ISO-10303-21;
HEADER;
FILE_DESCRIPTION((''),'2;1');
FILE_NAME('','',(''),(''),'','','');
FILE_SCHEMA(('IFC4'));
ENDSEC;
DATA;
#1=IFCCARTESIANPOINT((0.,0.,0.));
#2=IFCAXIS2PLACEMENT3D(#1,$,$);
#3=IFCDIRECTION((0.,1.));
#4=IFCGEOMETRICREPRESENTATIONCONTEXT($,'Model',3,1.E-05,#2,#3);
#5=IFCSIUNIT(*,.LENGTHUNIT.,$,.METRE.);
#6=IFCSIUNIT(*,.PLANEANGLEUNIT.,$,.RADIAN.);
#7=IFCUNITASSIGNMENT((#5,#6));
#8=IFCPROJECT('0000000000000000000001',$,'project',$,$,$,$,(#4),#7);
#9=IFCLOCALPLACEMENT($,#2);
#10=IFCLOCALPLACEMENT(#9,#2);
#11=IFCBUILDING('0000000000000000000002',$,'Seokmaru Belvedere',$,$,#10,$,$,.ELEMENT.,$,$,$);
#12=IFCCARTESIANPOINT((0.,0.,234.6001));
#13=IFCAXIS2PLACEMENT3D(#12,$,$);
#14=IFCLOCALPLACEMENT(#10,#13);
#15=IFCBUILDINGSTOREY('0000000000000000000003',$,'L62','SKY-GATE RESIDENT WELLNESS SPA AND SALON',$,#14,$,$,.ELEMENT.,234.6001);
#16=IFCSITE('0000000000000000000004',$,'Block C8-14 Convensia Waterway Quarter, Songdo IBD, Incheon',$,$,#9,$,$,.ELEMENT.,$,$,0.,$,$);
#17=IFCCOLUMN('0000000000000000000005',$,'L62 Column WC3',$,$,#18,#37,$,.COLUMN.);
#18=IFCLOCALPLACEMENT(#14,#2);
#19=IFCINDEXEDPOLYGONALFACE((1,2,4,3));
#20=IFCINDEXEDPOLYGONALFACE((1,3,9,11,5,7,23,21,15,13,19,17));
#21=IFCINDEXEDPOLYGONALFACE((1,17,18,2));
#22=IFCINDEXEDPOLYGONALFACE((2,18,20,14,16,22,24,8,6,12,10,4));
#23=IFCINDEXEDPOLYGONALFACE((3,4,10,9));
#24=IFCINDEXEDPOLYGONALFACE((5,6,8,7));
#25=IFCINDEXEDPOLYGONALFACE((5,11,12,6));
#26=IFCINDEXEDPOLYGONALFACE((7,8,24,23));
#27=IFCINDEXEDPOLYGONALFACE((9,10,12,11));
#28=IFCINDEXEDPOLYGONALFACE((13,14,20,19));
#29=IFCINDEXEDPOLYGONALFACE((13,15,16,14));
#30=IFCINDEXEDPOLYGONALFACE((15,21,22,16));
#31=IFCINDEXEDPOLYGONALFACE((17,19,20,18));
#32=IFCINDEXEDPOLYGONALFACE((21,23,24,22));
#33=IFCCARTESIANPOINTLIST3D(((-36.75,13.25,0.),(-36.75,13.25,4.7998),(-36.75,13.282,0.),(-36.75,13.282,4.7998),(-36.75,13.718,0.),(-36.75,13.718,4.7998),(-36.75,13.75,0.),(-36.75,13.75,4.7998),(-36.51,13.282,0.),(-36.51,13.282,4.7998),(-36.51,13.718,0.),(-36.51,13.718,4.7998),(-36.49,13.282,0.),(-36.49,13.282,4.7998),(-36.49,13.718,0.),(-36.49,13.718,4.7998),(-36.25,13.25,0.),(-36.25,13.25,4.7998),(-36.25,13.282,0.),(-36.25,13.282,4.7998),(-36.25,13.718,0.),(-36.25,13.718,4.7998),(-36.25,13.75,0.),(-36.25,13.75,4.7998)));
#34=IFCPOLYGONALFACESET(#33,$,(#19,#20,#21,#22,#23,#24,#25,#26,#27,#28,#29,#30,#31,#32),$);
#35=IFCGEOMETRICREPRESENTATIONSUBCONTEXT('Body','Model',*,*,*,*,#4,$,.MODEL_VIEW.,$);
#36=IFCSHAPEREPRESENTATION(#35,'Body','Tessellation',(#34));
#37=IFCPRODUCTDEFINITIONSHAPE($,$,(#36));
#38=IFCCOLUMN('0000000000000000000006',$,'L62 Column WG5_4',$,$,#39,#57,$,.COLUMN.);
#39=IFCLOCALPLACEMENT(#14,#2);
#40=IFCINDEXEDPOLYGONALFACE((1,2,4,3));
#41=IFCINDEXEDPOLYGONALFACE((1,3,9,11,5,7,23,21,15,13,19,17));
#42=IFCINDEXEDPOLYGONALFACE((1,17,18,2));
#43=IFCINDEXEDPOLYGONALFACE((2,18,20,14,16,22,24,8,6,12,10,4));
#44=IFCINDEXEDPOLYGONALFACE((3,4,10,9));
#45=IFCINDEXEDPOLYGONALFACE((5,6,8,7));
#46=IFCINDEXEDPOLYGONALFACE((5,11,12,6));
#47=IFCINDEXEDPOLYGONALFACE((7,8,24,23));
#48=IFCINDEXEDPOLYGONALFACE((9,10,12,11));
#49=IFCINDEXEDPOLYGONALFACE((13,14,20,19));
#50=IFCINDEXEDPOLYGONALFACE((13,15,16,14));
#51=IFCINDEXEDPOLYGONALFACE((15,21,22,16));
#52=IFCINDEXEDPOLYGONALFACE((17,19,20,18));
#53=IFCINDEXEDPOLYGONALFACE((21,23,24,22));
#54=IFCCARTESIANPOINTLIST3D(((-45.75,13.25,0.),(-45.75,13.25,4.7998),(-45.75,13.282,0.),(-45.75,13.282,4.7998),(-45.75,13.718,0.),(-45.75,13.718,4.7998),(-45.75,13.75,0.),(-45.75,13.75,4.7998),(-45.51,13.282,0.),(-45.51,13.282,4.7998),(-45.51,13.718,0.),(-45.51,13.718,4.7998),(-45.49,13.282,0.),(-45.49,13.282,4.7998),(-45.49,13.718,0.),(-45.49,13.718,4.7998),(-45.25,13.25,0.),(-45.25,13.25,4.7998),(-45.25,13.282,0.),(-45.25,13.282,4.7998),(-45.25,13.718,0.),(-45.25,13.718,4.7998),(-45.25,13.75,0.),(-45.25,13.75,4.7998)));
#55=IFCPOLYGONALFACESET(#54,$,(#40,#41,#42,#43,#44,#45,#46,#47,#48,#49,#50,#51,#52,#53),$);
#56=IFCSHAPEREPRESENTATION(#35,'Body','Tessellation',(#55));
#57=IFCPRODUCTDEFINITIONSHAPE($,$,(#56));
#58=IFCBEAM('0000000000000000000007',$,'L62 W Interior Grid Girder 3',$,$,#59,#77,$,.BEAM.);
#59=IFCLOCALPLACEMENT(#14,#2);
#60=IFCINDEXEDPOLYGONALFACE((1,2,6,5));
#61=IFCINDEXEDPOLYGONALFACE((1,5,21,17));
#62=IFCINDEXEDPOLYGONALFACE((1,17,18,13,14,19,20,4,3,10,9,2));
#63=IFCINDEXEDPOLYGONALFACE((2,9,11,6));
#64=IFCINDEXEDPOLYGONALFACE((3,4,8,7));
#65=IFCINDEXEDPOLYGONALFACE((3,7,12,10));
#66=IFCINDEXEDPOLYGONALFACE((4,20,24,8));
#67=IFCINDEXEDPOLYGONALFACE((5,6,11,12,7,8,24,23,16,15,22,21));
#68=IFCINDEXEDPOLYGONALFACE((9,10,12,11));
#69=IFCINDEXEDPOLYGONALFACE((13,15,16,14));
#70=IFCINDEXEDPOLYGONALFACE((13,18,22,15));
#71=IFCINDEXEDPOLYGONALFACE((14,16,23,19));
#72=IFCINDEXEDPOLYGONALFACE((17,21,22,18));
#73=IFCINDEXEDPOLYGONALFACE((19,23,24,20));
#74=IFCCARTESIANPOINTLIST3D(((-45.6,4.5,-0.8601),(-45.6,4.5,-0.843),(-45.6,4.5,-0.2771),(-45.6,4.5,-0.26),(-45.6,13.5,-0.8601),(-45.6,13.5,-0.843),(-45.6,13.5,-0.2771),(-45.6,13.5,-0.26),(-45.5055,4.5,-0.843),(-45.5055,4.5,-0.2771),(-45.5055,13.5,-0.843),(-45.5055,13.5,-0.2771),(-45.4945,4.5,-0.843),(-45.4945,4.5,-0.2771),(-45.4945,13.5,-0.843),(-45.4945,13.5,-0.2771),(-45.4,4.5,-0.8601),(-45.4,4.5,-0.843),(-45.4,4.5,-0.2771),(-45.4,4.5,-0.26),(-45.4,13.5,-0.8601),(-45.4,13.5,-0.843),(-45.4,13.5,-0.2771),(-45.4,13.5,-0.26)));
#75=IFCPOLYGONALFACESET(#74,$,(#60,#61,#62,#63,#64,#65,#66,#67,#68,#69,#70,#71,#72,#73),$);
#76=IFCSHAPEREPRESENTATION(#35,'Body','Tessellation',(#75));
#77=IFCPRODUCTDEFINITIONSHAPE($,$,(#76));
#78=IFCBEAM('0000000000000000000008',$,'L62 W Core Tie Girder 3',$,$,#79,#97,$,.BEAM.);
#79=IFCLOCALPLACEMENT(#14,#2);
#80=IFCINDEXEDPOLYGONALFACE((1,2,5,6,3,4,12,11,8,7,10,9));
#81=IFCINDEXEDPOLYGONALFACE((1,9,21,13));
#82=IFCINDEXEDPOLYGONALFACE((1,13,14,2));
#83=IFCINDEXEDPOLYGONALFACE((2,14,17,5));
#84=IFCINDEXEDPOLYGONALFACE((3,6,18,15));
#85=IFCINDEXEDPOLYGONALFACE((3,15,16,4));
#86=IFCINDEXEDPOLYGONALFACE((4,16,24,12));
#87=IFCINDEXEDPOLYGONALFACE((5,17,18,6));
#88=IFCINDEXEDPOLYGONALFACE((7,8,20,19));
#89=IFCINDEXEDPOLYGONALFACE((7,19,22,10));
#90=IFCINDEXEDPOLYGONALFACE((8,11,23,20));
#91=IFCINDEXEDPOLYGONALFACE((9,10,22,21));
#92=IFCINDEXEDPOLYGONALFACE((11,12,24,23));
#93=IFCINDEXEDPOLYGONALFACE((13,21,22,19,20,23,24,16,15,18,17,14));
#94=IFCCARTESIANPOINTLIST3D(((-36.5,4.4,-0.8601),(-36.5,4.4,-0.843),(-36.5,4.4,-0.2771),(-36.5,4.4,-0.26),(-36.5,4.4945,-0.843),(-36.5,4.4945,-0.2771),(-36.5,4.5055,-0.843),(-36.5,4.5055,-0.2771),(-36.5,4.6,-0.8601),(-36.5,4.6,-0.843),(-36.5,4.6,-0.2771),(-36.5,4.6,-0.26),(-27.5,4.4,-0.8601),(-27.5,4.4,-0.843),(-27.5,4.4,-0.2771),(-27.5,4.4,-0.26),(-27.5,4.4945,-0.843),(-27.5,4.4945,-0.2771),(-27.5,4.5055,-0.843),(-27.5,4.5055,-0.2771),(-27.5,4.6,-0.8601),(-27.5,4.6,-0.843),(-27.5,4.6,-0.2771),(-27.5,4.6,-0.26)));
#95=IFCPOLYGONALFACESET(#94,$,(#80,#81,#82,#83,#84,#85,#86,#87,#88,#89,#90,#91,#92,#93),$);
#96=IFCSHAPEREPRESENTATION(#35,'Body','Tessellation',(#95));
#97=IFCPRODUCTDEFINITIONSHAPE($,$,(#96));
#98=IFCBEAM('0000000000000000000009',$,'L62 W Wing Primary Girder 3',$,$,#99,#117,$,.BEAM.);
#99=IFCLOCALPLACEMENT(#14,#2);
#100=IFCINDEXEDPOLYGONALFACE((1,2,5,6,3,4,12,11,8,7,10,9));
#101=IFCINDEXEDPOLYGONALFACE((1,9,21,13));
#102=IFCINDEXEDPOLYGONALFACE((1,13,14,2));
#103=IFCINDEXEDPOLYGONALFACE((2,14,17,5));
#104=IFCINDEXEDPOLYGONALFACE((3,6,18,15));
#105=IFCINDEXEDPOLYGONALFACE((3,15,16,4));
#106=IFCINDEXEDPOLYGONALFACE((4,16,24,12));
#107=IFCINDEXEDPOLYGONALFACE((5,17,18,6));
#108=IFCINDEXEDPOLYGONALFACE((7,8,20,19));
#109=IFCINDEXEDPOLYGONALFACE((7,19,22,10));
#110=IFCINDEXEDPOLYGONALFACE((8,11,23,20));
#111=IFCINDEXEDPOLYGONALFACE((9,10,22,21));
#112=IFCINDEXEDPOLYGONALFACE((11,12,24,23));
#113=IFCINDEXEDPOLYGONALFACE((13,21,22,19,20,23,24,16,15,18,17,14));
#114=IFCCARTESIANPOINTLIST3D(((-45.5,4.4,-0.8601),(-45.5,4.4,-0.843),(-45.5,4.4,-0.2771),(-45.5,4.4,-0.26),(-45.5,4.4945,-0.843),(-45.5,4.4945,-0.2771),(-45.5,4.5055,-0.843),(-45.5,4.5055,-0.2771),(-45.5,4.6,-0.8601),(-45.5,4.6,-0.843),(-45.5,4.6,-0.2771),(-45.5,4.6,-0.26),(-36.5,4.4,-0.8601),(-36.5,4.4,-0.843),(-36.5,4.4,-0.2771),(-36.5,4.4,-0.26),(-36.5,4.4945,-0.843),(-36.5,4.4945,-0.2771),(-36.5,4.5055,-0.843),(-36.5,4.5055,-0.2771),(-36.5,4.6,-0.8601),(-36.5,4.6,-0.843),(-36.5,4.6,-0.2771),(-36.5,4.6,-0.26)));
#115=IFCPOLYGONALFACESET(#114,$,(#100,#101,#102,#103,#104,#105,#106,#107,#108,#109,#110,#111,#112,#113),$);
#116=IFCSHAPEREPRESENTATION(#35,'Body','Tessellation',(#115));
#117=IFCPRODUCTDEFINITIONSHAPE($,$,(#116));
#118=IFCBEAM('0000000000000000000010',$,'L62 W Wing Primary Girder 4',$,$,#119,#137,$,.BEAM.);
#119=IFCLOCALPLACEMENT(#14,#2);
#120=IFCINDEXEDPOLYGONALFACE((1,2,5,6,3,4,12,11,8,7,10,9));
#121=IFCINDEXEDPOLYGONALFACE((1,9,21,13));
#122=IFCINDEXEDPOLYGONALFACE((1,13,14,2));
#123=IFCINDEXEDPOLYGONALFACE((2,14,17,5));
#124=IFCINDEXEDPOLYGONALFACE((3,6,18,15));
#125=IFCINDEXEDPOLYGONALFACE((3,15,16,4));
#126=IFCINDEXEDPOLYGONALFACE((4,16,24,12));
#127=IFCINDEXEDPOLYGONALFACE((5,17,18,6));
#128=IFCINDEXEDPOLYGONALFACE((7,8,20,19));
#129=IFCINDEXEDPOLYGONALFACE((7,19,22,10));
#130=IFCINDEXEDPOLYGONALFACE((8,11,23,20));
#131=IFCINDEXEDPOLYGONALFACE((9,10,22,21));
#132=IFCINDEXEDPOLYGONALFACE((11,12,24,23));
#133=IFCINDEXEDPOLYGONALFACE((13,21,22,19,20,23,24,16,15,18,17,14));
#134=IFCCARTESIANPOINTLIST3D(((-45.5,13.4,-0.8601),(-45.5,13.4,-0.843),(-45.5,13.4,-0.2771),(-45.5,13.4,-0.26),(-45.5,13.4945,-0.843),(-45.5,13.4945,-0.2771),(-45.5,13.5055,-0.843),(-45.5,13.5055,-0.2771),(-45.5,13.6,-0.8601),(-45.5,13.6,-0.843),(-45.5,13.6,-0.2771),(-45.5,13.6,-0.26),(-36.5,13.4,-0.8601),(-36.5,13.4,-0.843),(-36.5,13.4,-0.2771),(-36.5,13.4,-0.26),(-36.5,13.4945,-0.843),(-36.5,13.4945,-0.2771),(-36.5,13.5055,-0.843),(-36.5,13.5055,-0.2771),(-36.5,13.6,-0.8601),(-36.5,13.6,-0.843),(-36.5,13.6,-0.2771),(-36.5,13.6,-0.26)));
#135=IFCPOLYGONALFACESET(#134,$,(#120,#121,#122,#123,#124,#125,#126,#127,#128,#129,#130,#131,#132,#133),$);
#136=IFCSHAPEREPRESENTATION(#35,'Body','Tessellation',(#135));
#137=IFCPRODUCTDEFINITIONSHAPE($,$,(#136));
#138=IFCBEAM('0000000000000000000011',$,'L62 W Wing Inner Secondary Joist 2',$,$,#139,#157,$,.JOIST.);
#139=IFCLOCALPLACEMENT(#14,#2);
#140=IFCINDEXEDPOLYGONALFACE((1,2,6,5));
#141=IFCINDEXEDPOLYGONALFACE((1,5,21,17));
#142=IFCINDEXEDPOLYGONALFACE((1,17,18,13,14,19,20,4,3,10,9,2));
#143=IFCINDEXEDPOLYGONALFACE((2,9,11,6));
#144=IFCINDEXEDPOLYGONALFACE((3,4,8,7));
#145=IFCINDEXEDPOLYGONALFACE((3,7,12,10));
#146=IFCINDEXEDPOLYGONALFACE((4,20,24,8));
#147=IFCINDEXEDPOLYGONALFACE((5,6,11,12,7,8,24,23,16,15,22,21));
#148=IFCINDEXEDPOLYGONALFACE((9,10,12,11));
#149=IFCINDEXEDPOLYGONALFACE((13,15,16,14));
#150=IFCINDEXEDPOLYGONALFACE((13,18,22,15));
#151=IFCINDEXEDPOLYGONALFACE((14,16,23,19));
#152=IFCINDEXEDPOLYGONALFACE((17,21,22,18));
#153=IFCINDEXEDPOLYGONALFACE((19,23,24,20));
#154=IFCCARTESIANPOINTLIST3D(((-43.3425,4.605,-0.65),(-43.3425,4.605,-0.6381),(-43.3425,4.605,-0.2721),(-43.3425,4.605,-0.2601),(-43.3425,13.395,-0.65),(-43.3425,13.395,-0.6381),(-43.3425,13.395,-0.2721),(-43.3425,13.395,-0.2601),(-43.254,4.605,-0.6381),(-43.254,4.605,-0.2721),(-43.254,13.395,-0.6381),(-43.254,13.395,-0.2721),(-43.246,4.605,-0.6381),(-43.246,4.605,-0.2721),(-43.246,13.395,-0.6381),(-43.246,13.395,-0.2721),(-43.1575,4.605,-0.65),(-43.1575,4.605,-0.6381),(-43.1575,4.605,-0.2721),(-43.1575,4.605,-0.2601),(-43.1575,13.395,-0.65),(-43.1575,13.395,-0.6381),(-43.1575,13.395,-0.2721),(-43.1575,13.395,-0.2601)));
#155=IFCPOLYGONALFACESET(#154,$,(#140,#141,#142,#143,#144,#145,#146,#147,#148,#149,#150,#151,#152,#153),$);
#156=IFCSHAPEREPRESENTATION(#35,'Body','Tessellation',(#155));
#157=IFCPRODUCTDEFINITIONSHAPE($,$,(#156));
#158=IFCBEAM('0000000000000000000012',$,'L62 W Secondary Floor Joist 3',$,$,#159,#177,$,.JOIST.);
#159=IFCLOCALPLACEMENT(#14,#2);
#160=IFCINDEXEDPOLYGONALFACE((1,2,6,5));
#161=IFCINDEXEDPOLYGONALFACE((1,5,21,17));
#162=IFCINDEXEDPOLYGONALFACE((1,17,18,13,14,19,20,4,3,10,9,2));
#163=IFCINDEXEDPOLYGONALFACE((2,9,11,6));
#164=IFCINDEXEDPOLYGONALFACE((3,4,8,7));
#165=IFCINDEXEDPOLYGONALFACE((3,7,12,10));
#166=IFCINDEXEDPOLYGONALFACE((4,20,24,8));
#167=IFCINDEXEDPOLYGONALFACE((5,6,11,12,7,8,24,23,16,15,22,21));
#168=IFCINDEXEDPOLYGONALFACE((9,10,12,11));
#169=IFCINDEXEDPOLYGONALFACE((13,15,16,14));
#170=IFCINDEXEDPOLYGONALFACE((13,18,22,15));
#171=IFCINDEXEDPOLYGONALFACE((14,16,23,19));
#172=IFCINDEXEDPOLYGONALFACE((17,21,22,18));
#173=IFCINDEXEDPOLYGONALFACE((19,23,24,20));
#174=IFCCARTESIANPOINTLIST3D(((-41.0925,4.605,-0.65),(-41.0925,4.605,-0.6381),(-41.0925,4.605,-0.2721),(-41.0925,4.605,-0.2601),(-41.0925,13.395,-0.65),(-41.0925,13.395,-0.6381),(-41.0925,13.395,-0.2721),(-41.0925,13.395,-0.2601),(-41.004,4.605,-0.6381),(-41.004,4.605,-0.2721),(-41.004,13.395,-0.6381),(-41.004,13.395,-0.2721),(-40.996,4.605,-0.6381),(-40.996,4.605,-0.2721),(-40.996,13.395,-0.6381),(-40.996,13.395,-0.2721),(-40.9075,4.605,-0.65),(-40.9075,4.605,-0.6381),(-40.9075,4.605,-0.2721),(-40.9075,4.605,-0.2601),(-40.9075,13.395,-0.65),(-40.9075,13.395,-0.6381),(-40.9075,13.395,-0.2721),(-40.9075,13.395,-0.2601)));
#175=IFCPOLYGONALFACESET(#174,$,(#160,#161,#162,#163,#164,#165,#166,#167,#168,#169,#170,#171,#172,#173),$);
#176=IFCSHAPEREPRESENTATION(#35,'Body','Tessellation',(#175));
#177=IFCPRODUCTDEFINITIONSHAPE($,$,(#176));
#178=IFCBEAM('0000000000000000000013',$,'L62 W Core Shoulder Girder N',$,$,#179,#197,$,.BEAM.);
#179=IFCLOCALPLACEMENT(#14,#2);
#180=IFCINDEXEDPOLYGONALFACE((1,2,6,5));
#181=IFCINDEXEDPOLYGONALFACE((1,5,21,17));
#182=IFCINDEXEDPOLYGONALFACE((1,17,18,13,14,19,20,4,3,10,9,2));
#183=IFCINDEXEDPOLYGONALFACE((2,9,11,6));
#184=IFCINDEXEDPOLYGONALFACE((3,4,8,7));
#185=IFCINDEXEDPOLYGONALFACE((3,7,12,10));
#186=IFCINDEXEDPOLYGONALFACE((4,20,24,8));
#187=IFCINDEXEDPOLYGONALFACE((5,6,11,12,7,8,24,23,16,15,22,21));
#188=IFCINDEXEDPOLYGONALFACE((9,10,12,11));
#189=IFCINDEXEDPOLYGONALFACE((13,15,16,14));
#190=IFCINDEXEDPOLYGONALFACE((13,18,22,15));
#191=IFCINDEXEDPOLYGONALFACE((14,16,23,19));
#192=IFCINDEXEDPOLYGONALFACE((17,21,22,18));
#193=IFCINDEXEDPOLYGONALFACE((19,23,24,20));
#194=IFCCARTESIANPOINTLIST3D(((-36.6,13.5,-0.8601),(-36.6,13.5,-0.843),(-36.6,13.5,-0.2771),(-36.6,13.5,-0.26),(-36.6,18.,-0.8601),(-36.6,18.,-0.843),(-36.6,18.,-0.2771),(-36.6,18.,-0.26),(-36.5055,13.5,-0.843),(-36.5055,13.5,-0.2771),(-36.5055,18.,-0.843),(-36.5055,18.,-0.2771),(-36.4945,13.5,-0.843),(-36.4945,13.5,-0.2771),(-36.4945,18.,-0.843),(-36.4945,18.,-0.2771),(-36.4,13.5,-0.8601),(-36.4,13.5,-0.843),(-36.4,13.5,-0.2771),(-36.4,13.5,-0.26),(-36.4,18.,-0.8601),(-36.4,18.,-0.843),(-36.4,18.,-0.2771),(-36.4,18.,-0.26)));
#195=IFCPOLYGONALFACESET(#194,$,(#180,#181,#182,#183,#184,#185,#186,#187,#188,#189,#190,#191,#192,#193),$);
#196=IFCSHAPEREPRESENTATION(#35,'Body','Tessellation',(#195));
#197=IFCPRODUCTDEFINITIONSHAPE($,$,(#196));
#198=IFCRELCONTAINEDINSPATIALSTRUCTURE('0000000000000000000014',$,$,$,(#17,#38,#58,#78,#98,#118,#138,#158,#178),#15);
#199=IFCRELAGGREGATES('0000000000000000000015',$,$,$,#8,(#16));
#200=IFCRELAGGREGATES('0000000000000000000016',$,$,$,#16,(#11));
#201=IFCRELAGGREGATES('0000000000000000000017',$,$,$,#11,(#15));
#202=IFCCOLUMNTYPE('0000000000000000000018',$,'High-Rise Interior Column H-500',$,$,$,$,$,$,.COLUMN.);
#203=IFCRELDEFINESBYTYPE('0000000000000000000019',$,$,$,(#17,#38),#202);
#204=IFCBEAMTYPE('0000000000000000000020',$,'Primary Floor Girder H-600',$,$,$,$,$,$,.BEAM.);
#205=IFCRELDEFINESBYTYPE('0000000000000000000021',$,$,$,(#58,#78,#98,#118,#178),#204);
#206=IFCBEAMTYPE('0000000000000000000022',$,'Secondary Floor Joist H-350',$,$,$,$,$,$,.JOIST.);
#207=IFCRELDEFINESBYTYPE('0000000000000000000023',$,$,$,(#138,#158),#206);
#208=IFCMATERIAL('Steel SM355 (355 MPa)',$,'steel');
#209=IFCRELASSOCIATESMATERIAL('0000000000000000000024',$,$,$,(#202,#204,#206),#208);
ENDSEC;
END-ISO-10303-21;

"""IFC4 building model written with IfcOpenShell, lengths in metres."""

from ifc_helpers import new_model, si_unit, direction, frame, origin, origin_2d, place, context, subcontext, project, spatial, i_section, extrude, source, transform, mapped, material, material_profile, profile_set, type_object, type_shapes, element, save


model = new_model("IFC4")

# Units and contexts
model_context = context("Model", 3, precision=1e-05, world=origin(), true_north=direction((0.0, 1.0)))
body_context = subcontext(model_context, "Body", "Model", "MODEL_VIEW")
ifc_project = project(units=[si_unit("LENGTHUNIT", "METRE"), si_unit("PLANEANGLEUNIT", "RADIAN")], contexts=[model_context])

# Site, building, storey
site_placement = place(None, origin())
site = spatial("IfcSite", under=ifc_project, at=site_placement, Name="Block C8-14 Convensia Waterway Quarter, Songdo IBD, Incheon", CompositionType="ELEMENT", RefElevation=0.0)
building_placement = place(site_placement, origin())
building = spatial("IfcBuilding", under=site, at=building_placement, Name="Seokmaru Belvedere", CompositionType="ELEMENT")
storey_placement = place(building_placement, frame((0.0, 0.0, 234.6001)))
storey = spatial("IfcBuildingStorey", under=building, at=storey_placement, Name="L62", Description="SKY-GATE RESIDENT WELLNESS SPA AND SALON", CompositionType="ELEMENT", Elevation=234.6001)

# Columns
ifc_material_1 = material(Name="Steel SM355 (355 MPa)", Category="steel")
ifc_material_profile_1 = material_profile(ifc_material_1, i_section(OverallWidth=0.5, OverallDepth=0.5, WebThickness=0.02, FlangeThickness=0.032, at=origin_2d()), Name="H-500x500x20x32")
ifc_profile_set_1 = profile_set([ifc_material_profile_1], Name="Steel SM355 (355 MPa)")
column_type = type_object("IfcColumnType", Name="High-Rise Interior Column H-500", PredefinedType="COLUMN", material=ifc_profile_set_1)
shared_shape_1 = source(origin(), body_context, "Body", "SweptSolid", [
    extrude(i_section(OverallWidth=0.5, OverallDepth=0.5, WebThickness=0.02, FlangeThickness=0.032, at=origin_2d()), origin(), (0.0, 0.0, 1.0), 4.7998),
])
type_shapes(column_type, [shared_shape_1])
for number, where, z_axis, x_axis, name in (
    (1, (-36.5, 13.5, 0.0), (0.0, 0.0, 1.0), (1.0, 0.0, 0.0), "L62 Column WC3"),
    (2, (-45.5, 13.5, 0.0), (0.0, 0.0, 1.0), (1.0, 0.0, 0.0), "L62 Column WG5_4"),
):
    element("IfcColumn", number, at=place(storey_placement, frame(where, z_axis=z_axis, x_axis=x_axis)), inside=storey, type_object=column_type, Name=name, PredefinedType="COLUMN", context=body_context, shape_type="MappedRepresentation", body=[
        mapped(shared_shape_1, transform((0.0, 0.0, 0.0), scale=1.0)),
    ])

# Beams
ifc_material_profile_2 = material_profile(ifc_material_1, i_section(OverallWidth=0.2, OverallDepth=0.6001, WebThickness=0.011, FlangeThickness=0.0171, at=origin_2d()), Name="H-600x200x11x17")
ifc_profile_set_2 = profile_set([ifc_material_profile_2], Name="Steel SM355 (355 MPa)")
beam_type_1 = type_object("IfcBeamType", Name="Primary Floor Girder H-600", PredefinedType="BEAM", material=ifc_profile_set_2)
shared_shape_2 = source(origin(), body_context, "Body", "SweptSolid", [
    extrude(i_section(OverallWidth=0.2, OverallDepth=0.6001, WebThickness=0.011, FlangeThickness=0.0171, at=origin_2d()), origin(), (0.0, 0.0, 1.0), 9.0),
])
for number, where, z_axis, x_axis, name in (
    (3, (-45.5, 4.5, -0.5601), (0.0, 1.0, 0.0), (-1.0, 0.0, 0.0), "L62 W Interior Grid Girder 3"),
    (4, (-36.5, 4.5, -0.5601), (1.0, 0.0, 0.0), (0.0, 1.0, 0.0), "L62 W Core Tie Girder 3"),
    (5, (-45.5, 4.5, -0.5601), (1.0, 0.0, 0.0), (0.0, 1.0, 0.0), "L62 W Wing Primary Girder 3"),
    (6, (-45.5, 13.5, -0.5601), (1.0, 0.0, 0.0), (0.0, 1.0, 0.0), "L62 W Wing Primary Girder 4"),
):
    element("IfcBeam", number, at=place(storey_placement, frame(where, z_axis=z_axis, x_axis=x_axis)), inside=storey, type_object=beam_type_1, Name=name, PredefinedType="BEAM", context=body_context, shape_type="MappedRepresentation", body=[
        mapped(shared_shape_2, transform((0.0, 0.0, 0.0), scale=1.0)),
    ])
ifc_material_profile_3 = material_profile(ifc_material_1, i_section(OverallWidth=0.1851, OverallDepth=0.3899, WebThickness=0.0081, FlangeThickness=0.012, at=origin_2d()), Name="H-390x185x8x12")
ifc_profile_set_3 = profile_set([ifc_material_profile_3], Name="Steel SM355 (355 MPa)")
beam_type_2 = type_object("IfcBeamType", Name="Secondary Floor Joist H-350", PredefinedType="JOIST", material=ifc_profile_set_3)
shared_shape_3 = source(origin(), body_context, "Body", "SweptSolid", [
    extrude(i_section(OverallWidth=0.1851, OverallDepth=0.3899, WebThickness=0.0081, FlangeThickness=0.012, at=origin_2d()), origin(), (0.0, 0.0, 1.0), 8.79),
])
type_shapes(beam_type_2, [shared_shape_3])
for number, where, z_axis, x_axis, name in (
    (7, (-43.25, 4.605, -0.4551), (0.0, 1.0, 0.0), (-1.0, 0.0, 0.0), "L62 W Wing Inner Secondary Joist 2"),
    (8, (-41.0, 4.605, -0.4551), (0.0, 1.0, 0.0), (-1.0, 0.0, 0.0), "L62 W Secondary Floor Joist 3"),
):
    element("IfcBeam", number, at=place(storey_placement, frame(where, z_axis=z_axis, x_axis=x_axis)), inside=storey, type_object=beam_type_2, Name=name, PredefinedType="JOIST", context=body_context, shape_type="MappedRepresentation", body=[
        mapped(shared_shape_3, transform((0.0, 0.0, 0.0), scale=1.0)),
    ])
shared_shape_4 = source(origin(), body_context, "Body", "SweptSolid", [
    extrude(i_section(OverallWidth=0.2, OverallDepth=0.6001, WebThickness=0.011, FlangeThickness=0.0171, at=origin_2d()), origin(), (0.0, 0.0, 1.0), 4.5),
])
type_shapes(beam_type_1, [shared_shape_2, shared_shape_4])
beam_1_placement = place(storey_placement, frame((-36.5, 13.5, -0.5601), z_axis=(0.0, 1.0, 0.0), x_axis=(-1.0, 0.0, 0.0)))
element("IfcBeam", 9, at=beam_1_placement, inside=storey, type_object=beam_type_1, Name="L62 W Core Shoulder Girder N", PredefinedType="BEAM", context=body_context, shape_type="MappedRepresentation", body=[
    mapped(shared_shape_4, transform((0.0, 0.0, 0.0), scale=1.0)),
])

save(model, "model.ifc")
